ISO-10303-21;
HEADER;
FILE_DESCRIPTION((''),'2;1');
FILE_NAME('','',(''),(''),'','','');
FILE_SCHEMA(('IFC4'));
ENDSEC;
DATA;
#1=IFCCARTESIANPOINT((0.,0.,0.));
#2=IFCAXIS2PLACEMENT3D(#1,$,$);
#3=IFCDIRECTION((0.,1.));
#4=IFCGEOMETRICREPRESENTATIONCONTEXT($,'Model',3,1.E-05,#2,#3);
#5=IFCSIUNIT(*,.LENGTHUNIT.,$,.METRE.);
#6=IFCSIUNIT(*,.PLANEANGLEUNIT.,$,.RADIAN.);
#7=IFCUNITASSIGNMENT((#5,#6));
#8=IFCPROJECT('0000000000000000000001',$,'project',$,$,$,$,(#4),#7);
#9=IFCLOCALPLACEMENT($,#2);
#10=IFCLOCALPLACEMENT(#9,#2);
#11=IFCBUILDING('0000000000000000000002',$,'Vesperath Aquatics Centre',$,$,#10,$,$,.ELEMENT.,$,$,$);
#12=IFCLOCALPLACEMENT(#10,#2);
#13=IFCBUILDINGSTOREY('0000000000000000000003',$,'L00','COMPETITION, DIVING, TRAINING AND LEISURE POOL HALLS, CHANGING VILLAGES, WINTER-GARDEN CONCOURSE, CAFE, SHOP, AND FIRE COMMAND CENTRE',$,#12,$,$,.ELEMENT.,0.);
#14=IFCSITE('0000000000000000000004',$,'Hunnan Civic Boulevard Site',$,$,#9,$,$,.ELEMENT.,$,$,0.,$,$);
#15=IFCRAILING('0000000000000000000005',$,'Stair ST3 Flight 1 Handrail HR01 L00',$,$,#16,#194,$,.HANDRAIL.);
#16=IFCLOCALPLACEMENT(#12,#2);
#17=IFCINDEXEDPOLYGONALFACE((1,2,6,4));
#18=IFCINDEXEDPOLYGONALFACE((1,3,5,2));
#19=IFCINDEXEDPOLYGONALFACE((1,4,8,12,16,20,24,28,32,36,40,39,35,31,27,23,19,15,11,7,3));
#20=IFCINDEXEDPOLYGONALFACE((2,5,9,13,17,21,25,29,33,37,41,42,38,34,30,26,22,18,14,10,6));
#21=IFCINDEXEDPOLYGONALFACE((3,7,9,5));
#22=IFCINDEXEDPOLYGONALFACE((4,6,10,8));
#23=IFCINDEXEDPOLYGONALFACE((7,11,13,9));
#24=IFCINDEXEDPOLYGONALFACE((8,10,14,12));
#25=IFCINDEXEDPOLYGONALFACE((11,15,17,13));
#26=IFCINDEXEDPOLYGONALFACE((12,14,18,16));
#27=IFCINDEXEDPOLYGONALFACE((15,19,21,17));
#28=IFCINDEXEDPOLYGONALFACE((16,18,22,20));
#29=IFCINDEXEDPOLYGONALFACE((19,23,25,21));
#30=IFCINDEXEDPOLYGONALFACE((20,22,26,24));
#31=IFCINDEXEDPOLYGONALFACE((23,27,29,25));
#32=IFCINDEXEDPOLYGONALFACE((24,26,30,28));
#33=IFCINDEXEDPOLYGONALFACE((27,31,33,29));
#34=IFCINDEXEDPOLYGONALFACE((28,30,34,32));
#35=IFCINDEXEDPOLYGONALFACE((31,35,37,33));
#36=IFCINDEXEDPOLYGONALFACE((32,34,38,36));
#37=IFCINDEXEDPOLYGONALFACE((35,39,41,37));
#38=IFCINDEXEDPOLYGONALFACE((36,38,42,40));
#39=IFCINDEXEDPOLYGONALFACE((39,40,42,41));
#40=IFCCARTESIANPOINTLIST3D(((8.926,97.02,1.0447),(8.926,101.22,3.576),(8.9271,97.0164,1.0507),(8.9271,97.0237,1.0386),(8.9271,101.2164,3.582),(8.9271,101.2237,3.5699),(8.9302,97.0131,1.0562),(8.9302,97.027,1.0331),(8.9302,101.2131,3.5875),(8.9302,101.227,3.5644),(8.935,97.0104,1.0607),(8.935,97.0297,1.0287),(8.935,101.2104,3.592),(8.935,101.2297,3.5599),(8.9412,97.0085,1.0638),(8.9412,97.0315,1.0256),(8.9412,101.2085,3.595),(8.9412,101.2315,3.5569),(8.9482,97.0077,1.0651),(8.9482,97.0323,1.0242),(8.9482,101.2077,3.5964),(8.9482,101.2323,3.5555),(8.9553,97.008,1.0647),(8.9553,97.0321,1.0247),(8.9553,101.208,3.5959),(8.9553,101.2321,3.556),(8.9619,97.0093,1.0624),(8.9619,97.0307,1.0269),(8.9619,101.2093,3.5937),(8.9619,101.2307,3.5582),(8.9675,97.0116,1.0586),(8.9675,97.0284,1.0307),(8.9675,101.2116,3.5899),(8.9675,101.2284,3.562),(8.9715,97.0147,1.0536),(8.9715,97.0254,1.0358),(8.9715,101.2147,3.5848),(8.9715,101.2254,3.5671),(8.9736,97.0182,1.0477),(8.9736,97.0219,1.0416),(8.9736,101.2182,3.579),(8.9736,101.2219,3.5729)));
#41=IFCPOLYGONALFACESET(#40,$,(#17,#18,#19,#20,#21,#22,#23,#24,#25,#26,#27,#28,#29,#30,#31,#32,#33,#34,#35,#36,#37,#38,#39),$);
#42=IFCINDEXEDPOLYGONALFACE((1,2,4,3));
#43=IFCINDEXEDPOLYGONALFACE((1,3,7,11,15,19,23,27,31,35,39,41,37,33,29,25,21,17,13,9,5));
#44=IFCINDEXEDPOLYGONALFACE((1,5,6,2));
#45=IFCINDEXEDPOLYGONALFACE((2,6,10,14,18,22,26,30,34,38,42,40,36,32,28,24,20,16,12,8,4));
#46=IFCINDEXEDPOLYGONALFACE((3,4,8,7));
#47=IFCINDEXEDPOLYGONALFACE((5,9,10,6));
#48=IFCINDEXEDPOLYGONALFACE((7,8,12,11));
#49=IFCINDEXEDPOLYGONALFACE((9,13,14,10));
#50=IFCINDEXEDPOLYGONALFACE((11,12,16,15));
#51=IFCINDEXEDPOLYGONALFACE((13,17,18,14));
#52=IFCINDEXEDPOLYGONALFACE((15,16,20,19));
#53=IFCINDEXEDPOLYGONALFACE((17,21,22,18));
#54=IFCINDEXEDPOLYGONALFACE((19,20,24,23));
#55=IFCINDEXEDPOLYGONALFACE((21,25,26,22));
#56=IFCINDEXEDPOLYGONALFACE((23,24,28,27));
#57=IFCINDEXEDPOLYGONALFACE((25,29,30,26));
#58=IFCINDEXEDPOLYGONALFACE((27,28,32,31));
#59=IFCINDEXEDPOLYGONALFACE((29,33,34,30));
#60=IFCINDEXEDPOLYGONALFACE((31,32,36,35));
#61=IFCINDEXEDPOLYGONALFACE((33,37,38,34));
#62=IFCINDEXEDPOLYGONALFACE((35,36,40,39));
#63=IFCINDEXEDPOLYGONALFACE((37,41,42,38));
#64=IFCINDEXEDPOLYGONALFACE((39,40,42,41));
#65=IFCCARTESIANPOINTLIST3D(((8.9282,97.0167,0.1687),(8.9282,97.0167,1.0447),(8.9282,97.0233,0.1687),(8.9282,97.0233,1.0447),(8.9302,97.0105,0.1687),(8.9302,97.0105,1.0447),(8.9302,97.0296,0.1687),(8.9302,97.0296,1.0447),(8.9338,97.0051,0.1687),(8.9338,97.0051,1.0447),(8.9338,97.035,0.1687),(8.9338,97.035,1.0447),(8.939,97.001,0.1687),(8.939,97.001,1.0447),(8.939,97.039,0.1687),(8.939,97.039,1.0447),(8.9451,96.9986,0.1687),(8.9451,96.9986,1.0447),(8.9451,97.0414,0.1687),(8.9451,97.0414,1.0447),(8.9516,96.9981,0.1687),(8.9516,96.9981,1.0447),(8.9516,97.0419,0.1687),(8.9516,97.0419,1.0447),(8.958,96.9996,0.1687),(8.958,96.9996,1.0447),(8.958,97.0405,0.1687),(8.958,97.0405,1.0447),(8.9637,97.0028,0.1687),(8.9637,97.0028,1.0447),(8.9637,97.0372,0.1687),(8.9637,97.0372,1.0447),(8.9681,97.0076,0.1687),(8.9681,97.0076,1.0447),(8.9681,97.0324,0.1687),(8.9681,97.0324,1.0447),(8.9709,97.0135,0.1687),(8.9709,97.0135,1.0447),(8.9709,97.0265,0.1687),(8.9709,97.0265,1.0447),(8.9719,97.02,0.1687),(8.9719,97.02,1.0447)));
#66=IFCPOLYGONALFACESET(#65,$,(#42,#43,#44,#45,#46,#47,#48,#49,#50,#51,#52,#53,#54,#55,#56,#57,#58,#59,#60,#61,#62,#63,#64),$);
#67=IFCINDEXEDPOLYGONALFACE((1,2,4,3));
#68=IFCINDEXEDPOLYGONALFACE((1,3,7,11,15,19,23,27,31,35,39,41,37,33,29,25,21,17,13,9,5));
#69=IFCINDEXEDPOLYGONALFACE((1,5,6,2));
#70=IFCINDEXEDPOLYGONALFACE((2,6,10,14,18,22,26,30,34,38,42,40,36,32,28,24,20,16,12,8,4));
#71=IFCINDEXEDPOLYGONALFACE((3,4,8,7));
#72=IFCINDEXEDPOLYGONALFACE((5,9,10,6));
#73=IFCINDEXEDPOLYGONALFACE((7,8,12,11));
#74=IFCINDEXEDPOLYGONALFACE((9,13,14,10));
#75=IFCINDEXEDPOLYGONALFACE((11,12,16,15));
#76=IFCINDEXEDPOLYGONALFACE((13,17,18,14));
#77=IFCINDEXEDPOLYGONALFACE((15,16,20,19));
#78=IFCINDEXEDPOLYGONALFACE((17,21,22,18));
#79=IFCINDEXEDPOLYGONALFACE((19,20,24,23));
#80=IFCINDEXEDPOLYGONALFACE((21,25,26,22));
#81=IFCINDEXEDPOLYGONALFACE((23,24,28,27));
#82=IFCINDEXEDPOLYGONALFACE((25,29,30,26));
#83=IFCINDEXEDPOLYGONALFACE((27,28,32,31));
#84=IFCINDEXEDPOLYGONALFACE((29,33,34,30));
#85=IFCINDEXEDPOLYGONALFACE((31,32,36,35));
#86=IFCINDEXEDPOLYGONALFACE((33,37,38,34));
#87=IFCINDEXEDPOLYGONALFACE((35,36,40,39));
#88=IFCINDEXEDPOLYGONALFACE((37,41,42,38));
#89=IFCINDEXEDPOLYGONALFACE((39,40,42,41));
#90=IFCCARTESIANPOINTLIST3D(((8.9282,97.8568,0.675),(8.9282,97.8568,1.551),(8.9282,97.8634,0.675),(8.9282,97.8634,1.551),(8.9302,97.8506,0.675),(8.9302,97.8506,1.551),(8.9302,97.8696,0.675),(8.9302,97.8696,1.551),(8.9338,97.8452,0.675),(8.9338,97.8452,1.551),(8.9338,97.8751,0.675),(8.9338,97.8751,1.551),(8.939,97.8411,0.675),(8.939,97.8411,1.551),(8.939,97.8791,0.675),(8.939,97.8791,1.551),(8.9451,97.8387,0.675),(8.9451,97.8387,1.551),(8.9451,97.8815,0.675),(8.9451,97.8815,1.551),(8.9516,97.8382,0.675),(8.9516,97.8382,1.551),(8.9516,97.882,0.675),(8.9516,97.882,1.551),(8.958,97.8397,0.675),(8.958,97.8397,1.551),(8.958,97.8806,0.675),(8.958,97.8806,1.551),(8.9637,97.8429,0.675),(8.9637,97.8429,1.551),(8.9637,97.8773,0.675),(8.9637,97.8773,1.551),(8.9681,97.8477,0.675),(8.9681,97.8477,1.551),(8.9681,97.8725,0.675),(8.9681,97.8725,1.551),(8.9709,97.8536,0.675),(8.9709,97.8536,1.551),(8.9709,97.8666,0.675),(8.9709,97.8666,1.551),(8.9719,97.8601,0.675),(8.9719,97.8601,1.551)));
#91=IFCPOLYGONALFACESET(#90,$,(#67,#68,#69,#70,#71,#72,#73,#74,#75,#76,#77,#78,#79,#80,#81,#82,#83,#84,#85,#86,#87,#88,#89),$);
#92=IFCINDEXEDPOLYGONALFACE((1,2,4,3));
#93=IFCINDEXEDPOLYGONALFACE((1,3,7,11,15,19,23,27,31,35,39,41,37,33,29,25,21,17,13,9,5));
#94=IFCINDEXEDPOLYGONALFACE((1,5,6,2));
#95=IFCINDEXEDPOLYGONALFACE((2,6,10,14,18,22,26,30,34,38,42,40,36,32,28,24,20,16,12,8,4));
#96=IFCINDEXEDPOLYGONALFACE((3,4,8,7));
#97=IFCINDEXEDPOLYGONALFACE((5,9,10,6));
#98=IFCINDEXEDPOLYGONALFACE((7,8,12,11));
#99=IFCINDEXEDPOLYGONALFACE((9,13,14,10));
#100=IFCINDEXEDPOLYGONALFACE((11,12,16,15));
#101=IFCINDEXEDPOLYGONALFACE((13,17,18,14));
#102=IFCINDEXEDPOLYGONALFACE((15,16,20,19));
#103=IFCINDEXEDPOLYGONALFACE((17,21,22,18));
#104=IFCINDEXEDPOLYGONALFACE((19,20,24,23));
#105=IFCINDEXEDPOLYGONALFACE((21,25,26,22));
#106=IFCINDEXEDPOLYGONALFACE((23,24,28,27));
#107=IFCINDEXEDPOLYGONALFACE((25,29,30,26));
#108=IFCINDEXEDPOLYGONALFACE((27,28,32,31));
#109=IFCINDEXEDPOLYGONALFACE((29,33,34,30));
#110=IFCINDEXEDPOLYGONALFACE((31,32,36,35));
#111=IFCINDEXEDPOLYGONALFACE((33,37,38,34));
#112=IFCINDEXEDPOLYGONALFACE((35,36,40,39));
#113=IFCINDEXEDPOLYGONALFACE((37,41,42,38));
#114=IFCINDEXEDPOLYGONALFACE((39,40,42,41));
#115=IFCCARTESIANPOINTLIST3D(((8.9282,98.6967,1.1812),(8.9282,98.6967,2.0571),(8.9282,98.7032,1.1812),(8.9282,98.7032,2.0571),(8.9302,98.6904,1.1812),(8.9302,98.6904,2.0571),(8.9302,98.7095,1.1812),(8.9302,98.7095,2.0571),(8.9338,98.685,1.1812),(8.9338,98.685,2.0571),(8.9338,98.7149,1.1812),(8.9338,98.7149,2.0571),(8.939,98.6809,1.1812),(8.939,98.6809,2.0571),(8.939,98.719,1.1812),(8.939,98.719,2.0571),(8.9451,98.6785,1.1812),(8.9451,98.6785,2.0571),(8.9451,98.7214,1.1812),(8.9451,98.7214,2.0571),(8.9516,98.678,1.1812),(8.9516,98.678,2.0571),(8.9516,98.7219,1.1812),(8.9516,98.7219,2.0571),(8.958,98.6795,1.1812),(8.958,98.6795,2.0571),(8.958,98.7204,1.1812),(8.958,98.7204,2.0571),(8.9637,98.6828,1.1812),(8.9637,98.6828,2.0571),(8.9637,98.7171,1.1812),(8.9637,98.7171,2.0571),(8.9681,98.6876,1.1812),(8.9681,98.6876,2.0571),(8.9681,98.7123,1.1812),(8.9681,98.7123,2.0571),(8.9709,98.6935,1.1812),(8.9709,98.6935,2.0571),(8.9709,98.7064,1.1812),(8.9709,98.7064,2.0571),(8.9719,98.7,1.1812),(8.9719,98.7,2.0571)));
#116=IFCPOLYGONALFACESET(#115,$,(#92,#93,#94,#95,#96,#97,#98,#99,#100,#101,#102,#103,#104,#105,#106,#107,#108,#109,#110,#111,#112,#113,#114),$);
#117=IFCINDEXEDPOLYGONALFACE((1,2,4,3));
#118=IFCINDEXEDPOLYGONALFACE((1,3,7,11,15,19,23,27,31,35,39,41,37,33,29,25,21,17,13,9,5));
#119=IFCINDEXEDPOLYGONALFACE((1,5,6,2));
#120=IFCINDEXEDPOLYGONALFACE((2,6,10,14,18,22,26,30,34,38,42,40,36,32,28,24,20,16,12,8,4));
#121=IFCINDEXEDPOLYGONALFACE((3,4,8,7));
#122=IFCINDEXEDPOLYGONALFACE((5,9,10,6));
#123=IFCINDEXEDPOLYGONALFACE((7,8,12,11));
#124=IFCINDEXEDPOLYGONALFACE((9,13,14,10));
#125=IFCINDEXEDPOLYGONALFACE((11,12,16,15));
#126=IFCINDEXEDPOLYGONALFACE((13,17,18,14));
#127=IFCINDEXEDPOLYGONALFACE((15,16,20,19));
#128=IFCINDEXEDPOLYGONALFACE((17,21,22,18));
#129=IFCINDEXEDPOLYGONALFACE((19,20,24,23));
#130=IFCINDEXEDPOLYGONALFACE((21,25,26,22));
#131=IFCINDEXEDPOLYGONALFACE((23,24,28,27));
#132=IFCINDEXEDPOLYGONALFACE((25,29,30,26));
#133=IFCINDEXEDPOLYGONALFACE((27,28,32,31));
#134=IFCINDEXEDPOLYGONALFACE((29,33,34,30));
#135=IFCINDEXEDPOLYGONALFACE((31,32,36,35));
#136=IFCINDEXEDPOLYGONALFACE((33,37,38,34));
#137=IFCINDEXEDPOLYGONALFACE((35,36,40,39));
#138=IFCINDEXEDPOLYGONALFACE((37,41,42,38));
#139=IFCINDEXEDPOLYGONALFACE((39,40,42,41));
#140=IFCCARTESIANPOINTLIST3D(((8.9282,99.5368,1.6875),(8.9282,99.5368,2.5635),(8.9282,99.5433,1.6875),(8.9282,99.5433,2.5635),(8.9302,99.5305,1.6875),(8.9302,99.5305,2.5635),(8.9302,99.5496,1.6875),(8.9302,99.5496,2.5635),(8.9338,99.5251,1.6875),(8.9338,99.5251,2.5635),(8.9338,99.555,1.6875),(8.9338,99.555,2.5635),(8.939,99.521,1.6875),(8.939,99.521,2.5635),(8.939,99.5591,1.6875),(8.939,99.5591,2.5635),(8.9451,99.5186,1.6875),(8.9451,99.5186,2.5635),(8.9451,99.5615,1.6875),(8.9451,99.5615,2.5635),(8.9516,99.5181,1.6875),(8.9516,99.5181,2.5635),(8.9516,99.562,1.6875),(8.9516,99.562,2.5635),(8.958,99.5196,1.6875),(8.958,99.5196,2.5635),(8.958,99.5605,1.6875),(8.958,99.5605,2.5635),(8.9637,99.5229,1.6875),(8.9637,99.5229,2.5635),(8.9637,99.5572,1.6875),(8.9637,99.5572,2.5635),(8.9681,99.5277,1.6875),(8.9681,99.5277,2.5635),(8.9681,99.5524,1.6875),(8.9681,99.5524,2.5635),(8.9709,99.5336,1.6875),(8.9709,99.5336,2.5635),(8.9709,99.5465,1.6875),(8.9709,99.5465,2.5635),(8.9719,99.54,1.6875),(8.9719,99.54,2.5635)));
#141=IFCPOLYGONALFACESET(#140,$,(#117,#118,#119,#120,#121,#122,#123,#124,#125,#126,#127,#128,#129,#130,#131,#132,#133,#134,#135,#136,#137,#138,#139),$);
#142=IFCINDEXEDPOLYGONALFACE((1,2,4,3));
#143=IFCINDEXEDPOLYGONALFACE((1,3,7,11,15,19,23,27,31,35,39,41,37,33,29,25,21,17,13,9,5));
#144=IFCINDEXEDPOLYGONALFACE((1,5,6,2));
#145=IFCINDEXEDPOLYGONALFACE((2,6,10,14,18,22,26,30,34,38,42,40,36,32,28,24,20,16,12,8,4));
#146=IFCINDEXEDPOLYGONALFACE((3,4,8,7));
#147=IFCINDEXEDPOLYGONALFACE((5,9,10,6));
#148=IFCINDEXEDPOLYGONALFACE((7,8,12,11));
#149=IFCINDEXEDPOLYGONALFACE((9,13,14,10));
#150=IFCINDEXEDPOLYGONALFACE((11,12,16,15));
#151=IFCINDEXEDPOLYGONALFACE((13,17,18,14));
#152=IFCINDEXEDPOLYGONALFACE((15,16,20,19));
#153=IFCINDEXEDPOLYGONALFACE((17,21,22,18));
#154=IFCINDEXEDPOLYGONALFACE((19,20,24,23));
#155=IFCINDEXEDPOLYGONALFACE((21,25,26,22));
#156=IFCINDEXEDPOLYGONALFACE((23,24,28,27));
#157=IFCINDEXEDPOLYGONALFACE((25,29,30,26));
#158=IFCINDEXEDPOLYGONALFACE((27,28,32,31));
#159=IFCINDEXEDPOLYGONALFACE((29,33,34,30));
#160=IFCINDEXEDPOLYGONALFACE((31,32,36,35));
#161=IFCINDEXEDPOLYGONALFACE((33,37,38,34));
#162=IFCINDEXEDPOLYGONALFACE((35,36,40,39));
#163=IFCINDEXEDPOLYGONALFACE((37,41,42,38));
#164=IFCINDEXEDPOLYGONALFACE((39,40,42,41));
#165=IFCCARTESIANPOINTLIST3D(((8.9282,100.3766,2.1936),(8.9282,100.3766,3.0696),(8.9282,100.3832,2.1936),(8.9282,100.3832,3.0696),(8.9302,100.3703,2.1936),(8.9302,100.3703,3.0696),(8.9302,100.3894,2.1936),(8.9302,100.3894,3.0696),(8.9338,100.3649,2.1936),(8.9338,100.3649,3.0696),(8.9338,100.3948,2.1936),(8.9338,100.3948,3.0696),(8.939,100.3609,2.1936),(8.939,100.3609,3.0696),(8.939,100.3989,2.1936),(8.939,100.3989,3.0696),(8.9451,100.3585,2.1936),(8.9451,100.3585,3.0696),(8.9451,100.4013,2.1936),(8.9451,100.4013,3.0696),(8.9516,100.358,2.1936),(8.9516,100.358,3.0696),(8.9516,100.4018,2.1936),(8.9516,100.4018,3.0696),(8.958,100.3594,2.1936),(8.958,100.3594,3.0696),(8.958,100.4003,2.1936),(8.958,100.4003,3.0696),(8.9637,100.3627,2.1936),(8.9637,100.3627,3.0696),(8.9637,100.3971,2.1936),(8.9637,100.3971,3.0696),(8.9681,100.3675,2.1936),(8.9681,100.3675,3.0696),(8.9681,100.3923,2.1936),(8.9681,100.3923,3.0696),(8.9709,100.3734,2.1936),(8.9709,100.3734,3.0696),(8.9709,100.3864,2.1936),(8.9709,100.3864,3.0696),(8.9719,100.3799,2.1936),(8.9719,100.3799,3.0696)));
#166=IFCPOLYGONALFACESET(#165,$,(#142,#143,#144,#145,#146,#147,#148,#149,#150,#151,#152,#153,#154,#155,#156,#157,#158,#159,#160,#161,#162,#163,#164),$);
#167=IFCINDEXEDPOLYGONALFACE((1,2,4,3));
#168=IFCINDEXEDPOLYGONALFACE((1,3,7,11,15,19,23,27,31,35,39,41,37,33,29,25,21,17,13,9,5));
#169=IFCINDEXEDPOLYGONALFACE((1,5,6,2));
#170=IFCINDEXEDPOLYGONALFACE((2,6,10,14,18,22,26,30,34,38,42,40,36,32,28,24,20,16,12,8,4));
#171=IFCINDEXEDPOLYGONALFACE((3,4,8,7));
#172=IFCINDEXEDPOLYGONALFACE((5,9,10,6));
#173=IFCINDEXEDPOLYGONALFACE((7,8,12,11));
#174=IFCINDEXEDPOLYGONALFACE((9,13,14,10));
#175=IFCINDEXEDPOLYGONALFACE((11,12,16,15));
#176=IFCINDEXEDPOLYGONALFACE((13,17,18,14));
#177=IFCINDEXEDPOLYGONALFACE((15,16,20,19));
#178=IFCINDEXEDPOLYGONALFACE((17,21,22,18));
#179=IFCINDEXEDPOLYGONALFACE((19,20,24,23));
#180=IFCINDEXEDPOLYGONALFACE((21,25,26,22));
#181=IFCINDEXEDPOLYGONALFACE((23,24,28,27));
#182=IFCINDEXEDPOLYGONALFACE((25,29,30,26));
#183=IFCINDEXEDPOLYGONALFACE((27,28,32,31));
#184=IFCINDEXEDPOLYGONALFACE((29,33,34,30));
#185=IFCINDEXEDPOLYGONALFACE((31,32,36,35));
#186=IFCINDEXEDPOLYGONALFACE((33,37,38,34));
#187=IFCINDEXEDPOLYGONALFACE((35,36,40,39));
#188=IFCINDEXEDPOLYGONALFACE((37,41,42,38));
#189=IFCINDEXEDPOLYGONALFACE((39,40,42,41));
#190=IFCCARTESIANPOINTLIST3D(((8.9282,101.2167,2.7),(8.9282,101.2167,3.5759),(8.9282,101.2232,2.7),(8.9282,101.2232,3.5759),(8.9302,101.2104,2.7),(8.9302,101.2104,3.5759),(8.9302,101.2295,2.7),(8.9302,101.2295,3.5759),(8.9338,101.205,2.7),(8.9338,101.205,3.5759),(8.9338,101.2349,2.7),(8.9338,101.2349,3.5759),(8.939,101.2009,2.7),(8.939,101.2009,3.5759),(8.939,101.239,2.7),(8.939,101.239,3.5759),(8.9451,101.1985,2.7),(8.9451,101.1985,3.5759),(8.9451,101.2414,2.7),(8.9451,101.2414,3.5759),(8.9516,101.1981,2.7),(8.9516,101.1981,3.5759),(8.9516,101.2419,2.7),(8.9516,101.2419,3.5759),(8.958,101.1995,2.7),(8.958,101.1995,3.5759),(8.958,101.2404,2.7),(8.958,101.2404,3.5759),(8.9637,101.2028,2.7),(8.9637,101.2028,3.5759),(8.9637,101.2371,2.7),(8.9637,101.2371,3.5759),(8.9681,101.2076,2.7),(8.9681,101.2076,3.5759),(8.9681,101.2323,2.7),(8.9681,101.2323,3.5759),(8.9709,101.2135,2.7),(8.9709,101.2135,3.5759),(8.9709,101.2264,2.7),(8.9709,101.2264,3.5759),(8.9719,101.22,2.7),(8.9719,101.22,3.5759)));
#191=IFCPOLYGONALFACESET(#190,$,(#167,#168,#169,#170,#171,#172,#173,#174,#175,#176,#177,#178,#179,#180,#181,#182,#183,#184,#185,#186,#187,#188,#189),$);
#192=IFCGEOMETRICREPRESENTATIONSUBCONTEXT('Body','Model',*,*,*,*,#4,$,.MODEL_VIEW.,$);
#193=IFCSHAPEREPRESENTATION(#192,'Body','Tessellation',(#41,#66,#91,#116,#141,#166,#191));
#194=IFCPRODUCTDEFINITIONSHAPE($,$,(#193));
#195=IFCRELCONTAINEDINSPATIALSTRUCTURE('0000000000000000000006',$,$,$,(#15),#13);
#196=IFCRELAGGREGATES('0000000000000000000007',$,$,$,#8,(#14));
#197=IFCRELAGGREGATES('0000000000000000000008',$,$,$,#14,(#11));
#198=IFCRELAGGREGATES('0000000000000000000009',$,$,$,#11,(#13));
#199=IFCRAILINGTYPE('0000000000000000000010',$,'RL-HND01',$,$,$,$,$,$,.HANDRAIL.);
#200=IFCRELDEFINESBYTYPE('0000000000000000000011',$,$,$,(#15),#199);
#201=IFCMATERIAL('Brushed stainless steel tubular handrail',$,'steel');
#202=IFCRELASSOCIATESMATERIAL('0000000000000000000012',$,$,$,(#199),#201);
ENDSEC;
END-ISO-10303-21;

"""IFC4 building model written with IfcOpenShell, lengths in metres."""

from ifc_helpers import new_model, si_unit, direction, frame, origin, origin_2d, place, context, subcontext, project, spatial, circle, extrude, material, type_object, element, save


model = new_model("IFC4")

# Units and contexts
model_context = context("Model", 3, precision=1e-05, world=origin(), true_north=direction((0.0, 1.0)))
body_context = subcontext(model_context, "Body", "Model", "MODEL_VIEW")
ifc_project = project(units=[si_unit("LENGTHUNIT", "METRE"), si_unit("PLANEANGLEUNIT", "RADIAN")], contexts=[model_context])

# Site, building, storey
site_placement = place(None, origin())
site = spatial("IfcSite", under=ifc_project, at=site_placement, Name="Hunnan Civic Boulevard Site", CompositionType="ELEMENT", RefElevation=0.0)
building_placement = place(site_placement, origin())
building = spatial("IfcBuilding", under=site, at=building_placement, Name="Vesperath Aquatics Centre", CompositionType="ELEMENT")
storey_placement = place(building_placement, origin())
storey = spatial("IfcBuildingStorey", under=building, at=storey_placement, Name="L00", Description="COMPETITION, DIVING, TRAINING AND LEISURE POOL HALLS, CHANGING VILLAGES, WINTER-GARDEN CONCOURSE, CAFE, SHOP, AND FIRE COMMAND CENTRE", CompositionType="ELEMENT", Elevation=0.0)

# Railing
ifc_material_1 = material(Name="Brushed stainless steel tubular handrail", Category="steel")
railing_type_1 = type_object("IfcRailingType", Name="RL-HND01", PredefinedType="HANDRAIL", material=ifc_material_1)
railing_1_placement = place(storey_placement, frame((8.95, 97.02, 0.1687)))
element("IfcRailing", 1, at=railing_1_placement, inside=storey, type_object=railing_type_1, Name="Stair ST3 Flight 1 Handrail HR01 L00", PredefinedType="HANDRAIL", context=body_context, shape_type="SweptSolid", body=[
    extrude(circle(Radius=0.0239, at=origin_2d()), frame((0.0, 0.0, 0.876), z_axis=(0.0, 0.856476, 0.516186), x_axis=(-1.0, 0.0, 0.0)), (0.0, 0.0, 1.0), 4.9038),
    extrude(circle(Radius=0.022, at=origin_2d()), origin(), (0.0, 0.0, 1.0), 0.876),
    extrude(circle(Radius=0.022, at=origin_2d()), frame((0.0, 0.8401, 0.5063)), (0.0, 0.0, 1.0), 0.876),
    extrude(circle(Radius=0.022, at=origin_2d()), frame((0.0, 1.6799, 1.0125)), (0.0, 0.0, 1.0), 0.876),
    extrude(circle(Radius=0.022, at=origin_2d()), frame((0.0, 2.52, 1.5188)), (0.0, 0.0, 1.0), 0.876),
    extrude(circle(Radius=0.022, at=origin_2d()), frame((0.0, 3.3599, 2.0249)), (0.0, 0.0, 1.0), 0.876),
    extrude(circle(Radius=0.022, at=origin_2d()), frame((0.0, 4.2, 2.5312)), (0.0, 0.0, 1.0), 0.876),
])

save(model, "model.ifc")
